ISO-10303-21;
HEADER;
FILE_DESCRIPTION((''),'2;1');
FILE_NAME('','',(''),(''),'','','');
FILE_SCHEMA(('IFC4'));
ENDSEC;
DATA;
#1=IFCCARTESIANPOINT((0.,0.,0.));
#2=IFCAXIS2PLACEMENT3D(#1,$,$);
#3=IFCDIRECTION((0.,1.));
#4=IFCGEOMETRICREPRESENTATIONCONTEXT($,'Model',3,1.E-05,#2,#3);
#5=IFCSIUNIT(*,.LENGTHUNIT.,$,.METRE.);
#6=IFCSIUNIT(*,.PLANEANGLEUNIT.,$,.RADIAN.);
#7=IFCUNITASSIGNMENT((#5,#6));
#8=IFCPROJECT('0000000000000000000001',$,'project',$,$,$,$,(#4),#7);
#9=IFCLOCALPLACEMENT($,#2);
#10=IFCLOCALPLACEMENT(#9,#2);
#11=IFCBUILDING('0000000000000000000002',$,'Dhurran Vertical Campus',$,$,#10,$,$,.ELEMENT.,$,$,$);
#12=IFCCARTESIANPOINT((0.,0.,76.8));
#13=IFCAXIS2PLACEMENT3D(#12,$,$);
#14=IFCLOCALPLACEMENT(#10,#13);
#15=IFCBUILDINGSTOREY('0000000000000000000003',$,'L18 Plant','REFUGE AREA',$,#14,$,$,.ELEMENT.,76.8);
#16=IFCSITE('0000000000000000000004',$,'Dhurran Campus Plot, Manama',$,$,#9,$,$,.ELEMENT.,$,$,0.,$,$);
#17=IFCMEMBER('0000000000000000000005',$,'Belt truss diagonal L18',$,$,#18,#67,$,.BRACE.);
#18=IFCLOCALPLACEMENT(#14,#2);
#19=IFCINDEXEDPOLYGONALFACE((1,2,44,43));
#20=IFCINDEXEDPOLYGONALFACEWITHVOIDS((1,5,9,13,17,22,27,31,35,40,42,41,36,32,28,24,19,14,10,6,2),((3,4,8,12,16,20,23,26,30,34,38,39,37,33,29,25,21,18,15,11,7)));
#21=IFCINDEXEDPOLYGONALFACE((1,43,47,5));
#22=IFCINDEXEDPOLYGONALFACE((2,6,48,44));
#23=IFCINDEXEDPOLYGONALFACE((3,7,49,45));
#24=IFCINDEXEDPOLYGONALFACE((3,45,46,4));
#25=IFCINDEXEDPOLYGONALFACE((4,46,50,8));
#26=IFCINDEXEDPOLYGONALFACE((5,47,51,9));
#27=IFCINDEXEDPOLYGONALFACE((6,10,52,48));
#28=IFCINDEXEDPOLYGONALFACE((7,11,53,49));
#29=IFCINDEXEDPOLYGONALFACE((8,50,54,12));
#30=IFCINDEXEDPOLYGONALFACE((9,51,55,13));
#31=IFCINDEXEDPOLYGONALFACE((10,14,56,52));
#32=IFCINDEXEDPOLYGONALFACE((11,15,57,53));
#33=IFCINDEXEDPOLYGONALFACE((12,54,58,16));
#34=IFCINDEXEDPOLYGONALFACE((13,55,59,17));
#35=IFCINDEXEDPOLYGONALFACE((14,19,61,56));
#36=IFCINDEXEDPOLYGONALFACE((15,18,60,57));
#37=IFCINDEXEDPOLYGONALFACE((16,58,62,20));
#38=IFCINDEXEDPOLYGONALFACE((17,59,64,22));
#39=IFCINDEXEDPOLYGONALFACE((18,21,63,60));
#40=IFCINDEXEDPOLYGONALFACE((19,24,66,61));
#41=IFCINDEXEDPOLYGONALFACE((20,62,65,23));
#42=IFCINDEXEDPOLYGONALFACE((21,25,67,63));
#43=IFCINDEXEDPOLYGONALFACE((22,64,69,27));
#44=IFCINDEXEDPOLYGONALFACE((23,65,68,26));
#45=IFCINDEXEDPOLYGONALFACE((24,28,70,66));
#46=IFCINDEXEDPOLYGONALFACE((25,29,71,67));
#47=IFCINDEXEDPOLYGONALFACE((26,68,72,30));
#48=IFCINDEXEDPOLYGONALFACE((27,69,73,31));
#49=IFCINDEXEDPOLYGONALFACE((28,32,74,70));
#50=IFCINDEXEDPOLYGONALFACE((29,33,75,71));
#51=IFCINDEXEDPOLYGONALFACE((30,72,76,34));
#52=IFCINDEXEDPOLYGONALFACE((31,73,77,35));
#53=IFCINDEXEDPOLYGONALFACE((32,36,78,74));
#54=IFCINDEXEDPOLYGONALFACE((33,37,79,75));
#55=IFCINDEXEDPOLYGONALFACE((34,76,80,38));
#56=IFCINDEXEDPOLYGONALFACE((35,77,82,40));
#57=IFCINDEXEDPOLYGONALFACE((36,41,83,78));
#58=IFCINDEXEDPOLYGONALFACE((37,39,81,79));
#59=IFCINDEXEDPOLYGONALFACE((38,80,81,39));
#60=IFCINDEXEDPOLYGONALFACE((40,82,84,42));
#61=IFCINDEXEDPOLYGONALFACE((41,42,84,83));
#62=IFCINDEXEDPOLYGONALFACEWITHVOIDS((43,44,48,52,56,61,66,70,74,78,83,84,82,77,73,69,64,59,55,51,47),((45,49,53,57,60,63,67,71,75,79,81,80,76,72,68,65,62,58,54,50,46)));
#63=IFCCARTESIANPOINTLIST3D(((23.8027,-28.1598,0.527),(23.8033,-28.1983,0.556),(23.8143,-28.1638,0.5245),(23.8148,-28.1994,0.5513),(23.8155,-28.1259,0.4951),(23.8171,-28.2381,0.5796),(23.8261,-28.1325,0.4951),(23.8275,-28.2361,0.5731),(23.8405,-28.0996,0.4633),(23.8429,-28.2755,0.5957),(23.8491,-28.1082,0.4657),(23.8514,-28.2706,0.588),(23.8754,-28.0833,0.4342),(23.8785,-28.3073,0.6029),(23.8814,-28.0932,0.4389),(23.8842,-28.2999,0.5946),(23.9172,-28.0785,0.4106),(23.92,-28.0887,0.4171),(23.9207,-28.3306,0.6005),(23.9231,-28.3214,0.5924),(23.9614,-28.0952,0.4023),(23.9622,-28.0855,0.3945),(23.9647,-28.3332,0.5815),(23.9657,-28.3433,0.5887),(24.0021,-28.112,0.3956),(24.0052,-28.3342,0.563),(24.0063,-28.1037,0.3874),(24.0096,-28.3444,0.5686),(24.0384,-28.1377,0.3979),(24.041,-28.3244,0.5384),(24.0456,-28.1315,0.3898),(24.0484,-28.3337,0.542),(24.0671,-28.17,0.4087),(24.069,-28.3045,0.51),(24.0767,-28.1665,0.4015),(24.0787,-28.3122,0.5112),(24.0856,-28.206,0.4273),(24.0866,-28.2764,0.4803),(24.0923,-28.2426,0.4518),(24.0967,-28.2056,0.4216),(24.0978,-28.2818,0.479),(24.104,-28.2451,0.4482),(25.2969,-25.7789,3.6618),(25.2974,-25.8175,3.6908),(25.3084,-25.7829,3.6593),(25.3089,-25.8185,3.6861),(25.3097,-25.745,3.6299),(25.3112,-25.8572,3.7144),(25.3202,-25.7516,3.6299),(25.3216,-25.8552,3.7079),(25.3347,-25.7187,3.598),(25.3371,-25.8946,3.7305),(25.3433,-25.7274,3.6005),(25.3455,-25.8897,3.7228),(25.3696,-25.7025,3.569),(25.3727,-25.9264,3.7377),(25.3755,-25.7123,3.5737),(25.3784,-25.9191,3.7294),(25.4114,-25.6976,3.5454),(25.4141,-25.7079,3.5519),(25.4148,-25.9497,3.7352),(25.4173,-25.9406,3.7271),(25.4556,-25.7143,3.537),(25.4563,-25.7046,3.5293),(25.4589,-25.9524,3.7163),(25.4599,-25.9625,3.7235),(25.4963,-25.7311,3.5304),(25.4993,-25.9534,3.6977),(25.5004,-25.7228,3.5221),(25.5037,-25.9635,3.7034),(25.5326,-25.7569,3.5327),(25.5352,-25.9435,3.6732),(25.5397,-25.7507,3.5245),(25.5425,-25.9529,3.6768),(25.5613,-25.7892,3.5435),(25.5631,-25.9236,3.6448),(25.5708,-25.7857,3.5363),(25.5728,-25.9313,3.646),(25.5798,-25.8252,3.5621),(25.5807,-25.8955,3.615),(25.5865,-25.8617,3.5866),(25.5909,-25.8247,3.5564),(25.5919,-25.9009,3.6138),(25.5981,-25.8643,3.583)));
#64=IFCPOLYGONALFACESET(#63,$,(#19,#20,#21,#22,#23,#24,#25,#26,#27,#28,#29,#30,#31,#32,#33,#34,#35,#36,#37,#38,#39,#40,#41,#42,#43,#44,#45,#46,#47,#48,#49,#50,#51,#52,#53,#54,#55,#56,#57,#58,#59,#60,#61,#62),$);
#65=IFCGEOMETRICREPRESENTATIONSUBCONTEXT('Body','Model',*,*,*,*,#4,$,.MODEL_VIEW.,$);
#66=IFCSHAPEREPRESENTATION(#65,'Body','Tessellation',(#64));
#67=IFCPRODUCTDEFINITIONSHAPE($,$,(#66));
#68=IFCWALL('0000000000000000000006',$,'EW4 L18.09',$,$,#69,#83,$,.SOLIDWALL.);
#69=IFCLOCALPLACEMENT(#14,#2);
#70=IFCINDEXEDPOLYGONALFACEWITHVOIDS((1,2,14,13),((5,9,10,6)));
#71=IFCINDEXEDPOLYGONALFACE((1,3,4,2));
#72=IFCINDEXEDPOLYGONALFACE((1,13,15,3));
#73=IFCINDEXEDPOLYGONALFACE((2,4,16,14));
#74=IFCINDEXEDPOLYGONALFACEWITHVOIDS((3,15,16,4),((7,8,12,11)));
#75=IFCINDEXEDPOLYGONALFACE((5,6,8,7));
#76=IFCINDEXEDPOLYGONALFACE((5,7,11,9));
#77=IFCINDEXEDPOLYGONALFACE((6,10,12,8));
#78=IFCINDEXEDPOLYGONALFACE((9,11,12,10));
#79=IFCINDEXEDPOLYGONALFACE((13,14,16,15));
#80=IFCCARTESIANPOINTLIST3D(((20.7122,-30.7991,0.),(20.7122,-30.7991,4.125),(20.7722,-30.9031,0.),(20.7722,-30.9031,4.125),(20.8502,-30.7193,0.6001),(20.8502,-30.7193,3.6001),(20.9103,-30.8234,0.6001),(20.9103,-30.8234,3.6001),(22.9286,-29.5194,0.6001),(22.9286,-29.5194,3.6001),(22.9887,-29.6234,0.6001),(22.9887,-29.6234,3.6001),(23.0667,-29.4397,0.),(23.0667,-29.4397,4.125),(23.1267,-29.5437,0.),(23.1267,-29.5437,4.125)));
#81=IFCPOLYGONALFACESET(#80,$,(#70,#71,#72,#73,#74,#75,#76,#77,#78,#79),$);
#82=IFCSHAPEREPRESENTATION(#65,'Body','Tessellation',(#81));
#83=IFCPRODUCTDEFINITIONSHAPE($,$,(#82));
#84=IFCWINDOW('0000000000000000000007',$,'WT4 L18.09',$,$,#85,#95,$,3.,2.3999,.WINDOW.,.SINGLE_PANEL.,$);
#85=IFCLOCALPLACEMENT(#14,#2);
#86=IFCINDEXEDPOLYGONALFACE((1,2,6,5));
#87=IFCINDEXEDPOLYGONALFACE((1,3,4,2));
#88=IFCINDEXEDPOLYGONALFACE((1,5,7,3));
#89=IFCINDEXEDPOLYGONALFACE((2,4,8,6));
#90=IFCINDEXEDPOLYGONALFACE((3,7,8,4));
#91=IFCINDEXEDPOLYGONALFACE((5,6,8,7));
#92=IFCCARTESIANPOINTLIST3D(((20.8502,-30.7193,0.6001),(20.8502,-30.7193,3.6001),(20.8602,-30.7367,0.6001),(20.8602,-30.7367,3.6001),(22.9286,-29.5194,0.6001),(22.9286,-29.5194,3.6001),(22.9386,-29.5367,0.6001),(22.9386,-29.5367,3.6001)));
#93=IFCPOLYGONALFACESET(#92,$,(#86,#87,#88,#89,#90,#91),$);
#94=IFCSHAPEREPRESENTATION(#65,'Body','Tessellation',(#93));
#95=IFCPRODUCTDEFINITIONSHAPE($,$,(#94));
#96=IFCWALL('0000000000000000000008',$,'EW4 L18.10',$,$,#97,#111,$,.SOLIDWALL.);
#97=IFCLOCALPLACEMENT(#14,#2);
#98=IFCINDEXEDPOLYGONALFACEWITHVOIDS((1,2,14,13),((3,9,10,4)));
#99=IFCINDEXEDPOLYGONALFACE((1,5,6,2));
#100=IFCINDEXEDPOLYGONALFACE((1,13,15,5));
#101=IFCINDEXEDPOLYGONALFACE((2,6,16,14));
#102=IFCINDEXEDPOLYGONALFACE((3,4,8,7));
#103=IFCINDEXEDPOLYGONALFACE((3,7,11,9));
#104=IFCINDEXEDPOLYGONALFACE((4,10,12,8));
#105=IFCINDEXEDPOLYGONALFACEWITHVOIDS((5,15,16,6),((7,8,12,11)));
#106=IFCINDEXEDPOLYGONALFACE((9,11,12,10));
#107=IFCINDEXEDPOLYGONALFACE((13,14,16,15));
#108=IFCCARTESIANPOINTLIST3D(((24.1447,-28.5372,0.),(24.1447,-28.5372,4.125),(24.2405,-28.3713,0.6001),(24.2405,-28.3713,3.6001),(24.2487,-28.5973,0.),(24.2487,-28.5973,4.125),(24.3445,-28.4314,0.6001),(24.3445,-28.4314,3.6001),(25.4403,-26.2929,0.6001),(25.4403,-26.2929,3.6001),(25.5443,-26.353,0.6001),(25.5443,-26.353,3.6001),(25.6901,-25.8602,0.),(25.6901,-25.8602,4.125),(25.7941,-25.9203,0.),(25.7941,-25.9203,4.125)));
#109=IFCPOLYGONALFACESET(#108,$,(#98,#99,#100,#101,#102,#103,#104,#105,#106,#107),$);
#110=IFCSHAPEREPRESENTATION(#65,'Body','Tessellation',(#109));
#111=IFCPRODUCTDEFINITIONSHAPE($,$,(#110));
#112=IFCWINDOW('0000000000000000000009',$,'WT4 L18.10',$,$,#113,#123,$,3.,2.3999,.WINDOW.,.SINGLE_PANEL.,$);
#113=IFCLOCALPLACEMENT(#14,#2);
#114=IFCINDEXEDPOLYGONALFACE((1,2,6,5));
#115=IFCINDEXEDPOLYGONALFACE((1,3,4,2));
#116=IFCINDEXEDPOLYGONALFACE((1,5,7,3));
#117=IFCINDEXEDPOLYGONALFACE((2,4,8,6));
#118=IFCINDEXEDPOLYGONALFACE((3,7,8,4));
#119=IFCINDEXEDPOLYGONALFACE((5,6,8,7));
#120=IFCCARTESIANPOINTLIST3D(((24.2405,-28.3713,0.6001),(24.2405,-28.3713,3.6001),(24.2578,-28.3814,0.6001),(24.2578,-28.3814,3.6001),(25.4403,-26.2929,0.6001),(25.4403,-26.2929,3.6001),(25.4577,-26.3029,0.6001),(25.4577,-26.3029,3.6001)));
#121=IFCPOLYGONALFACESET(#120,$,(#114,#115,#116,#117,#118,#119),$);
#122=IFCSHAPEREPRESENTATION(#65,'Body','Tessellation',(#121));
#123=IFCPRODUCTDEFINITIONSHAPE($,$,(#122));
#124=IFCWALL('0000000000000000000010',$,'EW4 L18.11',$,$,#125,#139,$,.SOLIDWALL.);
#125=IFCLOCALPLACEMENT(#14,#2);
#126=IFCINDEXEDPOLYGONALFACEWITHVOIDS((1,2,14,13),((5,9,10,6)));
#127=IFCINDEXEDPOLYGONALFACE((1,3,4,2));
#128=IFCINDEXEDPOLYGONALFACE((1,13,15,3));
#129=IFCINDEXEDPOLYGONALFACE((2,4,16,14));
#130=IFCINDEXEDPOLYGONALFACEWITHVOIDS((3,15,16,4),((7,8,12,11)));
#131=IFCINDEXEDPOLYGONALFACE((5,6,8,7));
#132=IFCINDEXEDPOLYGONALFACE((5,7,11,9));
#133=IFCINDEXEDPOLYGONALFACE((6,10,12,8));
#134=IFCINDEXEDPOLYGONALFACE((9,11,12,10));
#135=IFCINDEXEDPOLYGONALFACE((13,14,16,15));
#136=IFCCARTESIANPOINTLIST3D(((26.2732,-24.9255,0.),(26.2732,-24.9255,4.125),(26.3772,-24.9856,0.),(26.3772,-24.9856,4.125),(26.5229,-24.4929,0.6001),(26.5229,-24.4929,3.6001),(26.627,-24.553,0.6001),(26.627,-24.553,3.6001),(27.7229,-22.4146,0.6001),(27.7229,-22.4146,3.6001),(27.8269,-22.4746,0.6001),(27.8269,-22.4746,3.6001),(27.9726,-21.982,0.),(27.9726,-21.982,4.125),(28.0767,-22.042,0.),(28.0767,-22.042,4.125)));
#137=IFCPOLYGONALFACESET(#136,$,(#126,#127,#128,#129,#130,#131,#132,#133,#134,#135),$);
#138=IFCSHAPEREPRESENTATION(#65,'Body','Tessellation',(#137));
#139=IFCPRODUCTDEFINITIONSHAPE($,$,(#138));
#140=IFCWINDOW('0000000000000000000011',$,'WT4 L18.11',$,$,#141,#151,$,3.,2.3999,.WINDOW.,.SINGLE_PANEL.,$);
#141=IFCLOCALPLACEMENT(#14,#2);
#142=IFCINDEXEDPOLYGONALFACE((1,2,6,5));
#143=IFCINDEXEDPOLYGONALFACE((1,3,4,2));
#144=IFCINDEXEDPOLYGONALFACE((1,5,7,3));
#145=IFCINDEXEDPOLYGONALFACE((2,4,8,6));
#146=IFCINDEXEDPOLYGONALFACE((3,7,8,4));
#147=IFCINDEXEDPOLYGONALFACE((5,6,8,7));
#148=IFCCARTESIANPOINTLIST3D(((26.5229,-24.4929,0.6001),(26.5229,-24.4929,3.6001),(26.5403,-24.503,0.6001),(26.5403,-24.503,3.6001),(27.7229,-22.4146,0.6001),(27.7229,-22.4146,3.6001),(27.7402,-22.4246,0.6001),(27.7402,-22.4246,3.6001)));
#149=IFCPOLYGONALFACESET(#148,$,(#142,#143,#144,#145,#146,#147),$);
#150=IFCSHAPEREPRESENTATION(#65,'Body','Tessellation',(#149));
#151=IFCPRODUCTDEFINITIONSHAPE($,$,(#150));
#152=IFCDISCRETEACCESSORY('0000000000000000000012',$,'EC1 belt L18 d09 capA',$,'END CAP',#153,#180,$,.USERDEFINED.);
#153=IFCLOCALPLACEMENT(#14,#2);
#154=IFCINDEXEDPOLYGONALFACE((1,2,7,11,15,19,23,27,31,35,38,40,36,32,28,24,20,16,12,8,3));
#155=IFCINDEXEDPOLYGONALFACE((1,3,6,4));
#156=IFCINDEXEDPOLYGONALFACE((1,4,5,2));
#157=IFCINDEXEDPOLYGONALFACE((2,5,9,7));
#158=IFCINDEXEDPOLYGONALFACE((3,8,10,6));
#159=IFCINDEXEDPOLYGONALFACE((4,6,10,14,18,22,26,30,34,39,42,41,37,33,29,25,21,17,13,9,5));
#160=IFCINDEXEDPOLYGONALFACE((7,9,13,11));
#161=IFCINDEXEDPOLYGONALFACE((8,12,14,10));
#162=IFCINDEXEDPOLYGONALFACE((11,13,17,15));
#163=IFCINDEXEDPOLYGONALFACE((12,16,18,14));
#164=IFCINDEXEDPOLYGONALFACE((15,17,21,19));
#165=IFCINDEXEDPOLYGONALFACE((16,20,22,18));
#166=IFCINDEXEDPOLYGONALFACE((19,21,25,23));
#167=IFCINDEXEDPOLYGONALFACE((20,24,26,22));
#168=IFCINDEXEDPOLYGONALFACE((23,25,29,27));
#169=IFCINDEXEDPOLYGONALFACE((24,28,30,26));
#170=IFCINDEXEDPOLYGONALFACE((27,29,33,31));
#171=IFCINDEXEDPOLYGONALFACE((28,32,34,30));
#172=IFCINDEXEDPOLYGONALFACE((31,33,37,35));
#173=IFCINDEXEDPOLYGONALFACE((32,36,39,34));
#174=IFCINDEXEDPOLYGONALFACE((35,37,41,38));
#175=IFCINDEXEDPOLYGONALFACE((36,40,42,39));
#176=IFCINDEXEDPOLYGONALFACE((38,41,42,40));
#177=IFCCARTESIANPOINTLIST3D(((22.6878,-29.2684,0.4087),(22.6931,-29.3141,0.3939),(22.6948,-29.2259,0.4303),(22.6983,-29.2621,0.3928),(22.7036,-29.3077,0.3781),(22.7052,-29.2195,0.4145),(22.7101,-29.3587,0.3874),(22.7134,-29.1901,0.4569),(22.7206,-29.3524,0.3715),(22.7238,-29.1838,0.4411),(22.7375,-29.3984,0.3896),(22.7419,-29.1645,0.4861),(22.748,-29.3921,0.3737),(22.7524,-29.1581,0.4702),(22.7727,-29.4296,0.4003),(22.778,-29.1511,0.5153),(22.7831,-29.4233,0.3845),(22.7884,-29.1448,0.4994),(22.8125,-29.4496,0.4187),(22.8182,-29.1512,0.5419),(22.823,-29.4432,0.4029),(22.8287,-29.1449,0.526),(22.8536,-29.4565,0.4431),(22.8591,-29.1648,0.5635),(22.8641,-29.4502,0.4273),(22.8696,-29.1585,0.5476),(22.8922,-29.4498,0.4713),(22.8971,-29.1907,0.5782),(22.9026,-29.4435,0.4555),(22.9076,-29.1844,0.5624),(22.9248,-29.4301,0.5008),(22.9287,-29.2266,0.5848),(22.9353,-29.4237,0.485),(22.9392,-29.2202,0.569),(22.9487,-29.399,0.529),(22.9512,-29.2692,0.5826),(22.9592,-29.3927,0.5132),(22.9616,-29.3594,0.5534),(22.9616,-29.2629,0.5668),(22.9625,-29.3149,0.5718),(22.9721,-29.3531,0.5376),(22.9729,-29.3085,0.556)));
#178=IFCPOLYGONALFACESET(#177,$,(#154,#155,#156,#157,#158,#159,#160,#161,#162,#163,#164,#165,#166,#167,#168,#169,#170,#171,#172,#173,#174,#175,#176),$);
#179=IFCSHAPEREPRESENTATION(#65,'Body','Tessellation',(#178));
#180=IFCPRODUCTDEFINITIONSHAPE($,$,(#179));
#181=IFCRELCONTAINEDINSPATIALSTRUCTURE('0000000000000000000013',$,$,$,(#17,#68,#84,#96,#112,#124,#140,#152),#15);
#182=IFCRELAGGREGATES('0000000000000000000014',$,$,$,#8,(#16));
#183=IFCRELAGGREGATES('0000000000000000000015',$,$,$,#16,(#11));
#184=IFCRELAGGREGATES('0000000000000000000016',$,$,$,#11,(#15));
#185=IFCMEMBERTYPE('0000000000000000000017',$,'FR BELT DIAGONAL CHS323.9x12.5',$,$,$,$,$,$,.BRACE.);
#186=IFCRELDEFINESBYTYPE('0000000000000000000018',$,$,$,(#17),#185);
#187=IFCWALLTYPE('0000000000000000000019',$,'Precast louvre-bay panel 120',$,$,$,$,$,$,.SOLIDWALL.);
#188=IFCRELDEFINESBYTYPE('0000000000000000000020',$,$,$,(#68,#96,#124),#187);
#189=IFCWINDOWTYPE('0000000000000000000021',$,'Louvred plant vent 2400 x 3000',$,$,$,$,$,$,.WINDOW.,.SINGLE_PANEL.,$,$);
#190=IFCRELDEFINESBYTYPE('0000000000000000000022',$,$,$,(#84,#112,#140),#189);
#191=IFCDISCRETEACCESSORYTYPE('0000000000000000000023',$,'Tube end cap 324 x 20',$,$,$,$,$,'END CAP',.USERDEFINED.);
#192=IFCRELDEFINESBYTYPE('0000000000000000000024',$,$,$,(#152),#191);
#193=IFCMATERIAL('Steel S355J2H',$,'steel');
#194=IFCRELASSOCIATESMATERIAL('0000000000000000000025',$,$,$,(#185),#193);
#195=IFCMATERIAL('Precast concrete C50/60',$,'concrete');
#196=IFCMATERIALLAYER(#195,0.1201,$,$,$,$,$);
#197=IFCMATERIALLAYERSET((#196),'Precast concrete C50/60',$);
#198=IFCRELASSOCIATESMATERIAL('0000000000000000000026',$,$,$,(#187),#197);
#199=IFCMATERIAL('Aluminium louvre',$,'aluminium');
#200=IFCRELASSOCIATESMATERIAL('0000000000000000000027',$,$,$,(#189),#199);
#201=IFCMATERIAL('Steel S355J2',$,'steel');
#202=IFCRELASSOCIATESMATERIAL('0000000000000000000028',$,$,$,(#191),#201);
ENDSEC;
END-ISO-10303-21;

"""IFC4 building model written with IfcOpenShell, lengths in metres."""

from ifc_helpers import new_model, si_unit, direction, frame, frame_2d, origin, origin_2d, place, context, subcontext, project, spatial, rectangle, circle, hollow_circle, extrude, material, layer, layer_set, material_profile, profile_set, type_object, element, fill, save


model = new_model("IFC4")

# Units and contexts
model_context = context("Model", 3, precision=1e-05, world=origin(), true_north=direction((0.0, 1.0)))
body_context = subcontext(model_context, "Body", "Model", "MODEL_VIEW")
ifc_project = project(units=[si_unit("LENGTHUNIT", "METRE"), si_unit("PLANEANGLEUNIT", "RADIAN")], contexts=[model_context])

# Site, building, storey
site_placement = place(None, origin())
site = spatial("IfcSite", under=ifc_project, at=site_placement, Name="Dhurran Campus Plot, Manama", CompositionType="ELEMENT", RefElevation=0.0)
building_placement = place(site_placement, origin())
building = spatial("IfcBuilding", under=site, at=building_placement, Name="Dhurran Vertical Campus", CompositionType="ELEMENT")
storey_placement = place(building_placement, frame((0.0, 0.0, 76.8)))
storey = spatial("IfcBuildingStorey", under=building, at=storey_placement, Name="L18 Plant", Description="REFUGE AREA", CompositionType="ELEMENT", Elevation=76.8)

# Member
ifc_material_1 = material(Name="Steel S355J2H", Category="steel")
ifc_material_profile_1 = material_profile(ifc_material_1, hollow_circle(Radius=0.1619, WallThickness=0.0125, at=origin_2d()), Name="CHS323.9x12.5")
ifc_profile_set_1 = profile_set([ifc_material_profile_1], Name="Steel S355J2H")
member_type = type_object("IfcMemberType", Name="FR BELT DIAGONAL CHS323.9x12.5", PredefinedType="BRACE", material=ifc_profile_set_1)
member_1_placement = place(storey_placement, frame((23.9526, -28.2119, 0.4951), z_axis=(0.354867, 0.565467, 0.744524), x_axis=(-0.847021, 0.531559, 0.0)))
element("IfcMember", 1, at=member_1_placement, inside=storey, type_object=member_type, Name="Belt truss diagonal L18", PredefinedType="BRACE", context=body_context, shape_type="SweptSolid", body=[
    extrude(hollow_circle(Radius=0.1619, WallThickness=0.0125, at=origin_2d()), origin(), (0.0, 0.0, 1.0), 4.2104),
])

# Walls, openings, windows
ifc_material_2 = material(Name="Precast concrete C50/60", Category="concrete")
ifc_layer = layer(ifc_material_2, 0.1201)
ifc_layer_set = layer_set([ifc_layer], Name="Precast concrete C50/60")
wall_type = type_object("IfcWallType", Name="Precast louvre-bay panel 120", PredefinedType="SOLIDWALL", material=ifc_layer_set)
wall_1_placement = place(storey_placement, frame((20.7422, -30.8511, 0.0), z_axis=(0.0, 0.0, 1.0), x_axis=(0.866024, 0.500002, 0.0)))
wall_1 = element("IfcWall", 2, at=wall_1_placement, inside=storey, type_object=wall_type, Name="EW4 L18.09", PredefinedType="SOLIDWALL", context=body_context, shape_type="SweptSolid", body=[
    extrude(rectangle(XDim=2.7188, YDim=0.1201, at=frame_2d((1.3594, 0.0))), origin(), (0.0, 0.0, 1.0), 4.125),
])
opening_1_placement = place(wall_1_placement, frame((0.1594, 0.0, 0.6001)))
opening_1 = element("IfcOpeningElement", 3, at=opening_1_placement, cuts=wall_1, PredefinedType="OPENING", context=body_context, shape_type="SweptSolid", body=[
    extrude(rectangle(XDim=2.3999, YDim=3.0, at=frame_2d((1.2, 1.5))), frame((0.0, 0.0701, 0.0), z_axis=(0.0, -1.0, 0.0), x_axis=(1.0, 0.0, 0.0)), (0.0, 0.0, 1.0), 0.1401),
])
ifc_material_3 = material(Name="Aluminium louvre", Category="aluminium")
window_type = type_object("IfcWindowType", Name="Louvred plant vent 2400 x 3000", PartitioningType="SINGLE_PANEL", PredefinedType="WINDOW", material=ifc_material_3)
window_1_placement = place(opening_1_placement, origin())
window_1 = element("IfcWindow", 4, at=window_1_placement, inside=storey, type_object=window_type, Name="WT4 L18.09", OverallHeight=3.0, OverallWidth=2.3999, PartitioningType="SINGLE_PANEL", PredefinedType="WINDOW", context=body_context, shape_type="SweptSolid", body=[
    extrude(rectangle(XDim=2.3999, YDim=3.0, at=frame_2d((1.2, 1.5))), frame((0.0, 0.0601, 0.0), z_axis=(0.0, -1.0, 0.0), x_axis=(1.0, 0.0, 0.0)), (0.0, 0.0, 1.0), 0.02),
])
fill(opening_1, window_1)
wall_2_placement = place(storey_placement, frame((24.1968, -28.5671, 0.0), z_axis=(0.0, 0.0, 1.0), x_axis=(0.499962, 0.866047, 0.0)))
wall_2 = element("IfcWall", 5, at=wall_2_placement, inside=storey, type_object=wall_type, Name="EW4 L18.10", PredefinedType="SOLIDWALL", context=body_context, shape_type="SweptSolid", body=[
    extrude(rectangle(XDim=3.0911, YDim=0.1201, at=frame_2d((1.5454, 0.0))), origin(), (0.0, 0.0, 1.0), 4.125),
])
opening_2_placement = place(wall_2_placement, frame((0.1914, 0.0, 0.6001)))
opening_2 = element("IfcOpeningElement", 6, at=opening_2_placement, cuts=wall_2, PredefinedType="OPENING", context=body_context, shape_type="SweptSolid", body=[
    extrude(rectangle(XDim=2.3999, YDim=3.0, at=frame_2d((1.2, 1.5))), frame((0.0, 0.0701, 0.0), z_axis=(0.0, -1.0, 0.0), x_axis=(1.0, 0.0, 0.0)), (0.0, 0.0, 1.0), 0.1401),
])
window_2_placement = place(opening_2_placement, origin())
window_2 = element("IfcWindow", 7, at=window_2_placement, inside=storey, type_object=window_type, Name="WT4 L18.10", OverallHeight=3.0, OverallWidth=2.3999, PartitioningType="SINGLE_PANEL", PredefinedType="WINDOW", context=body_context, shape_type="SweptSolid", body=[
    extrude(rectangle(XDim=2.3999, YDim=3.0, at=frame_2d((1.2, 1.5))), frame((0.0, 0.0601, 0.0), z_axis=(0.0, -1.0, 0.0), x_axis=(1.0, 0.0, 0.0)), (0.0, 0.0, 1.0), 0.02),
])
fill(opening_2, window_2)
wall_3_placement = place(storey_placement, frame((26.3252, -24.9556, 0.0), z_axis=(0.0, 0.0, 1.0), x_axis=(0.499994, 0.866029, 0.0)))
wall_3 = element("IfcWall", 8, at=wall_3_placement, inside=storey, type_object=wall_type, Name="EW4 L18.11", PredefinedType="SOLIDWALL", context=body_context, shape_type="SweptSolid", body=[
    extrude(rectangle(XDim=3.3989, YDim=0.1201, at=frame_2d((1.6995, 0.0))), origin(), (0.0, 0.0, 1.0), 4.125),
])
opening_3_placement = place(wall_3_placement, frame((0.4995, 0.0, 0.6001)))
opening_3 = element("IfcOpeningElement", 9, at=opening_3_placement, cuts=wall_3, PredefinedType="OPENING", context=body_context, shape_type="SweptSolid", body=[
    extrude(rectangle(XDim=2.3999, YDim=3.0, at=frame_2d((1.2, 1.5))), frame((0.0, 0.0701, 0.0), z_axis=(0.0, -1.0, 0.0), x_axis=(1.0, 0.0, 0.0)), (0.0, 0.0, 1.0), 0.1401),
])
window_3_placement = place(opening_3_placement, origin())
window_3 = element("IfcWindow", 10, at=window_3_placement, inside=storey, type_object=window_type, Name="WT4 L18.11", OverallHeight=3.0, OverallWidth=2.3999, PartitioningType="SINGLE_PANEL", PredefinedType="WINDOW", context=body_context, shape_type="SweptSolid", body=[
    extrude(rectangle(XDim=2.3999, YDim=3.0, at=frame_2d((1.2, 1.5))), frame((0.0, 0.0601, 0.0), z_axis=(0.0, -1.0, 0.0), x_axis=(1.0, 0.0, 0.0)), (0.0, 0.0, 1.0), 0.02),
])
fill(opening_3, window_3)

# Discrete accessory
ifc_material_4 = material(Name="Steel S355J2", Category="steel")
ifc_material_profile_2 = material_profile(ifc_material_4, circle(Radius=0.1619, at=origin_2d()), Name="Tube end cap 324 x 20")
ifc_profile_set_2 = profile_set([ifc_material_profile_2], Name="Steel S355J2")
discrete_accessory_type = type_object("IfcDiscreteAccessoryType", Name="Tube end cap 324 x 20", ElementType="END CAP", PredefinedType="USERDEFINED", material=ifc_profile_set_2)
for number, where, z_axis, x_axis, name in (
    (11, (22.8257, -29.303, 0.4861), (0.523379, 0.316462, -0.791155), (-0.517419, 0.855732, 0.0), "EC1 belt L18 d09 capA"),
):
    element("IfcDiscreteAccessory", number, at=place(storey_placement, frame(where, z_axis=z_axis, x_axis=x_axis)), inside=storey, type_object=discrete_accessory_type, Name=name, ObjectType="END CAP", PredefinedType="USERDEFINED", context=body_context, shape_type="SweptSolid", body=[
        extrude(circle(Radius=0.1619, at=origin_2d()), origin(), (0.0, 0.0, 1.0), 0.02),
    ])

save(model, "model.ifc")
